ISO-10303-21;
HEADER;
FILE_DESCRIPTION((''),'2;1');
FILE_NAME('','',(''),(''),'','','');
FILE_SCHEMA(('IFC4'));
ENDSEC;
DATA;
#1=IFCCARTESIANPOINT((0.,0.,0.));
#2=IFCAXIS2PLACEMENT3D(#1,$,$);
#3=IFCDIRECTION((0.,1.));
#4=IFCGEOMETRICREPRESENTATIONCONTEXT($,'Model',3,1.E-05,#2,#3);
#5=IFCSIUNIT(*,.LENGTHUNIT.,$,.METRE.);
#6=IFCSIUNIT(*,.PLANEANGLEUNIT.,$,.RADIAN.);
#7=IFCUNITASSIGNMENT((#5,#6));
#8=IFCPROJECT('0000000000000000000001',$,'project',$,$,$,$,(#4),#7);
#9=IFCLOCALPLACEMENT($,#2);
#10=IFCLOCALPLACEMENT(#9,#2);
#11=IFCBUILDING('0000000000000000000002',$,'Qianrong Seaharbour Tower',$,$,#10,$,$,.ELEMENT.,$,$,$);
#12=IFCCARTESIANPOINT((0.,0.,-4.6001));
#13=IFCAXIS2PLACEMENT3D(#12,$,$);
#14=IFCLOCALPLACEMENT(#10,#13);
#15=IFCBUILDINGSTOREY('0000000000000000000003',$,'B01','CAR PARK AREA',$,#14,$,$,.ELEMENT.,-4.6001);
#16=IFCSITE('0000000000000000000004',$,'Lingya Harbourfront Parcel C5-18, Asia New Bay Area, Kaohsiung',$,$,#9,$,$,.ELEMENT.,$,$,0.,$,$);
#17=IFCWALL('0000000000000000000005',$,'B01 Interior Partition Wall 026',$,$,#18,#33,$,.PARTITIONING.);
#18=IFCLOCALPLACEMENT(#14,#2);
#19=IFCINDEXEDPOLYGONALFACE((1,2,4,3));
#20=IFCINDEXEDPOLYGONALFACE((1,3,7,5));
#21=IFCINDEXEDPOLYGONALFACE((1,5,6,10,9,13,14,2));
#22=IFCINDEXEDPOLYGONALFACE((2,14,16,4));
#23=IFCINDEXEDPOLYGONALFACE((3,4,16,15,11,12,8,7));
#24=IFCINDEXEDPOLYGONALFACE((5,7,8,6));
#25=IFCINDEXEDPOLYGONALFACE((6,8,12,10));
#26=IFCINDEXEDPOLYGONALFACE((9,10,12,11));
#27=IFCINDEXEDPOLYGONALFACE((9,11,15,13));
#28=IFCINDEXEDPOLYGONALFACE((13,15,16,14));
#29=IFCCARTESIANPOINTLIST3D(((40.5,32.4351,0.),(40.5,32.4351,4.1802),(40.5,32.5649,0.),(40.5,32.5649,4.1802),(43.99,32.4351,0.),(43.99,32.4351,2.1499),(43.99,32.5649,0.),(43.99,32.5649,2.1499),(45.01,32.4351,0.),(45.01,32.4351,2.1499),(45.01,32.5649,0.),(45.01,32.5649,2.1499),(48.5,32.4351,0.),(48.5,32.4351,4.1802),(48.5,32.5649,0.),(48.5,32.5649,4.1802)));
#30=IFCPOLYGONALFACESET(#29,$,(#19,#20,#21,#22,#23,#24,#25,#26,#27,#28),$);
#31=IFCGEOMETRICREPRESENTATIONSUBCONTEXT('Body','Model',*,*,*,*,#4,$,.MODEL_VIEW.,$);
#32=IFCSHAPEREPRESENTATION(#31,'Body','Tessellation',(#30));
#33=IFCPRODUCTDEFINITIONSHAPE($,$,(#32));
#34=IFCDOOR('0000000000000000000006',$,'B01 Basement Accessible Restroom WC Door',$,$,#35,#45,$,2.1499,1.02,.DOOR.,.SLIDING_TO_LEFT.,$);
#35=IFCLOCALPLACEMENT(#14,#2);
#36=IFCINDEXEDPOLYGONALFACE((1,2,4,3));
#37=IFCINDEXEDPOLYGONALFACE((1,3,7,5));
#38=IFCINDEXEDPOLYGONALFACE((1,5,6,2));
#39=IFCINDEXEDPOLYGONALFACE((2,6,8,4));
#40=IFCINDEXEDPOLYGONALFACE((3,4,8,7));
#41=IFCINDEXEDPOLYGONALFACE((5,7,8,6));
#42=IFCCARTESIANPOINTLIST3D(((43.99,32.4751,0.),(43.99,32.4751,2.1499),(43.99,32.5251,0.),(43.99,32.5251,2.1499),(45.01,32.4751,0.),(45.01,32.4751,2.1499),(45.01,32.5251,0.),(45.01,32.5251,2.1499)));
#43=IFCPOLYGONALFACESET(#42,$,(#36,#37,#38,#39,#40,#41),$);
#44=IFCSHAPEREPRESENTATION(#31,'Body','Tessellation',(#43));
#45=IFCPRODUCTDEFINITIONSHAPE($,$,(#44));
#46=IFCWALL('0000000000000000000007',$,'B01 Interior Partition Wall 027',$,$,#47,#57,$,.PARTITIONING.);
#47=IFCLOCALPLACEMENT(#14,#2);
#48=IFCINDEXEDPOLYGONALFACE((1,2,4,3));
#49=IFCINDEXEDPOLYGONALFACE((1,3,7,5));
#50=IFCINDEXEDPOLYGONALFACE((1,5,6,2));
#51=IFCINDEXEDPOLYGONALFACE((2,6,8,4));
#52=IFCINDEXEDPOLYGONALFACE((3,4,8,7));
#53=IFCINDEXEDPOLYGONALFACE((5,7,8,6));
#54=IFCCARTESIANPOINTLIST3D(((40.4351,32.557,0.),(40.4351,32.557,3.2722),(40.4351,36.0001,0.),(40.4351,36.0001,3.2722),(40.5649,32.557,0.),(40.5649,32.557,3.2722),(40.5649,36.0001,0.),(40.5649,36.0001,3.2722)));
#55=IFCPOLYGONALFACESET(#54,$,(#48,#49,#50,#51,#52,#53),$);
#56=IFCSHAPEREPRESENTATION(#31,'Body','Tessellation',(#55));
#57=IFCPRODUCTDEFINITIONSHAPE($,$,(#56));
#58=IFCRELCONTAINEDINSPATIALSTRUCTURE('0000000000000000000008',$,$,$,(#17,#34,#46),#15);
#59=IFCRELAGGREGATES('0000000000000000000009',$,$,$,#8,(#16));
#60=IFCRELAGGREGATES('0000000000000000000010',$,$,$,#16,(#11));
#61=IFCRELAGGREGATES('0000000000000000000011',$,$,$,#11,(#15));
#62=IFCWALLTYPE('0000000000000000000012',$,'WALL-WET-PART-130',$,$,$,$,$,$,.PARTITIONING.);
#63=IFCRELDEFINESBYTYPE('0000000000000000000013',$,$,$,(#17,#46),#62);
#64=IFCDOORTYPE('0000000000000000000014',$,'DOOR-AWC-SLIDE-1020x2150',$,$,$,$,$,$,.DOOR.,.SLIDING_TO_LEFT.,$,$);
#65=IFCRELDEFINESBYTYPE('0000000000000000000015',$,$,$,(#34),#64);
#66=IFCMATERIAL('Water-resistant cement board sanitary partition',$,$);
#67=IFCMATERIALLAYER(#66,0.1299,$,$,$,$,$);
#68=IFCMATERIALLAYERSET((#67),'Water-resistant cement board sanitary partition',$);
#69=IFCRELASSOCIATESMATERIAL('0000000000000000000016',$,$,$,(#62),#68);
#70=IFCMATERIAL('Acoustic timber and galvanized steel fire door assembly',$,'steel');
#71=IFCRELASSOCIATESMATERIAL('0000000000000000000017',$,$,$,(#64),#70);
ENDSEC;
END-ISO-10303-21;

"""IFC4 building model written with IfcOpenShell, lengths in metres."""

from ifc_helpers import new_model, si_unit, direction, frame, frame_2d, origin, place, context, subcontext, project, spatial, rectangle, extrude, material, layer, layer_set, type_object, element, fill, save


model = new_model("IFC4")

# Units and contexts
model_context = context("Model", 3, precision=1e-05, world=origin(), true_north=direction((0.0, 1.0)))
body_context = subcontext(model_context, "Body", "Model", "MODEL_VIEW")
ifc_project = project(units=[si_unit("LENGTHUNIT", "METRE"), si_unit("PLANEANGLEUNIT", "RADIAN")], contexts=[model_context])

# Site, building, storey
site_placement = place(None, origin())
site = spatial("IfcSite", under=ifc_project, at=site_placement, Name="Lingya Harbourfront Parcel C5-18, Asia New Bay Area, Kaohsiung", CompositionType="ELEMENT", RefElevation=0.0)
building_placement = place(site_placement, origin())
building = spatial("IfcBuilding", under=site, at=building_placement, Name="Qianrong Seaharbour Tower", CompositionType="ELEMENT")
storey_placement = place(building_placement, frame((0.0, 0.0, -4.6001)))
storey = spatial("IfcBuildingStorey", under=building, at=storey_placement, Name="B01", Description="CAR PARK AREA", CompositionType="ELEMENT", Elevation=-4.6001)

# Shared definitions
ifc_material_1 = material(Name="Acoustic timber and galvanized steel fire door assembly", Category="steel")

# Shared definitions
ifc_material_2 = material(Name="Water-resistant cement board sanitary partition")
ifc_layer_1 = layer(ifc_material_2, 0.1299)
ifc_layer_set_1 = layer_set([ifc_layer_1], Name="Water-resistant cement board sanitary partition")
wall_type_1 = type_object("IfcWallType", Name="WALL-WET-PART-130", PredefinedType="PARTITIONING", material=ifc_layer_set_1)

# Wall, opening, door
wall_1_placement = place(storey_placement, frame((48.5, 32.5, 0.0), z_axis=(0.0, 0.0, 1.0), x_axis=(-1.0, 0.0, 0.0)))
wall_1 = element("IfcWall", 1, at=wall_1_placement, inside=storey, type_object=wall_type_1, Name="B01 Interior Partition Wall 026", PredefinedType="PARTITIONING", context=body_context, shape_type="SweptSolid", body=[
    extrude(rectangle(XDim=8.0, YDim=0.1299, at=frame_2d((4.0, 0.0))), origin(), (0.0, 0.0, 1.0), 4.1802),
])
opening_1_placement = place(wall_1_placement, frame((3.49, 0.0, 0.0)))
opening_1 = element("IfcOpeningElement", 2, at=opening_1_placement, cuts=wall_1, PredefinedType="OPENING", context=body_context, shape_type="SweptSolid", body=[
    extrude(rectangle(XDim=1.02, YDim=2.1499, at=frame_2d((0.51, 1.075))), frame((0.0, 0.075, 0.0), z_axis=(0.0, -1.0, 0.0), x_axis=(1.0, 0.0, 0.0)), (0.0, 0.0, 1.0), 0.1499),
])
door_type_1 = type_object("IfcDoorType", Name="DOOR-AWC-SLIDE-1020x2150", OperationType="SLIDING_TO_LEFT", PredefinedType="DOOR", material=ifc_material_1)
door_1_placement = place(opening_1_placement, origin())
door_1 = element("IfcDoor", 3, at=door_1_placement, inside=storey, type_object=door_type_1, Name="B01 Basement Accessible Restroom WC Door", OperationType="SLIDING_TO_LEFT", OverallHeight=2.1499, OverallWidth=1.02, PredefinedType="DOOR", context=body_context, shape_type="SweptSolid", body=[
    extrude(rectangle(XDim=1.02, YDim=2.1499, at=frame_2d((0.51, 1.075))), frame((0.0, 0.0249, 0.0), z_axis=(0.0, -1.0, 0.0), x_axis=(1.0, 0.0, 0.0)), (0.0, 0.0, 1.0), 0.05),
])
fill(opening_1, door_1)

# Wall
wall_2_placement = place(storey_placement, frame((40.5, 32.5569, 0.0), z_axis=(0.0, 0.0, 1.0), x_axis=(0.0, 1.0, 0.0)))
element("IfcWall", 4, at=wall_2_placement, inside=storey, type_object=wall_type_1, Name="B01 Interior Partition Wall 027", PredefinedType="PARTITIONING", context=body_context, shape_type="SweptSolid", body=[
    extrude(rectangle(XDim=3.4431, YDim=0.1299, at=frame_2d((1.7217, 0.0))), origin(), (0.0, 0.0, 1.0), 3.2722),
])

save(model, "model.ifc")
